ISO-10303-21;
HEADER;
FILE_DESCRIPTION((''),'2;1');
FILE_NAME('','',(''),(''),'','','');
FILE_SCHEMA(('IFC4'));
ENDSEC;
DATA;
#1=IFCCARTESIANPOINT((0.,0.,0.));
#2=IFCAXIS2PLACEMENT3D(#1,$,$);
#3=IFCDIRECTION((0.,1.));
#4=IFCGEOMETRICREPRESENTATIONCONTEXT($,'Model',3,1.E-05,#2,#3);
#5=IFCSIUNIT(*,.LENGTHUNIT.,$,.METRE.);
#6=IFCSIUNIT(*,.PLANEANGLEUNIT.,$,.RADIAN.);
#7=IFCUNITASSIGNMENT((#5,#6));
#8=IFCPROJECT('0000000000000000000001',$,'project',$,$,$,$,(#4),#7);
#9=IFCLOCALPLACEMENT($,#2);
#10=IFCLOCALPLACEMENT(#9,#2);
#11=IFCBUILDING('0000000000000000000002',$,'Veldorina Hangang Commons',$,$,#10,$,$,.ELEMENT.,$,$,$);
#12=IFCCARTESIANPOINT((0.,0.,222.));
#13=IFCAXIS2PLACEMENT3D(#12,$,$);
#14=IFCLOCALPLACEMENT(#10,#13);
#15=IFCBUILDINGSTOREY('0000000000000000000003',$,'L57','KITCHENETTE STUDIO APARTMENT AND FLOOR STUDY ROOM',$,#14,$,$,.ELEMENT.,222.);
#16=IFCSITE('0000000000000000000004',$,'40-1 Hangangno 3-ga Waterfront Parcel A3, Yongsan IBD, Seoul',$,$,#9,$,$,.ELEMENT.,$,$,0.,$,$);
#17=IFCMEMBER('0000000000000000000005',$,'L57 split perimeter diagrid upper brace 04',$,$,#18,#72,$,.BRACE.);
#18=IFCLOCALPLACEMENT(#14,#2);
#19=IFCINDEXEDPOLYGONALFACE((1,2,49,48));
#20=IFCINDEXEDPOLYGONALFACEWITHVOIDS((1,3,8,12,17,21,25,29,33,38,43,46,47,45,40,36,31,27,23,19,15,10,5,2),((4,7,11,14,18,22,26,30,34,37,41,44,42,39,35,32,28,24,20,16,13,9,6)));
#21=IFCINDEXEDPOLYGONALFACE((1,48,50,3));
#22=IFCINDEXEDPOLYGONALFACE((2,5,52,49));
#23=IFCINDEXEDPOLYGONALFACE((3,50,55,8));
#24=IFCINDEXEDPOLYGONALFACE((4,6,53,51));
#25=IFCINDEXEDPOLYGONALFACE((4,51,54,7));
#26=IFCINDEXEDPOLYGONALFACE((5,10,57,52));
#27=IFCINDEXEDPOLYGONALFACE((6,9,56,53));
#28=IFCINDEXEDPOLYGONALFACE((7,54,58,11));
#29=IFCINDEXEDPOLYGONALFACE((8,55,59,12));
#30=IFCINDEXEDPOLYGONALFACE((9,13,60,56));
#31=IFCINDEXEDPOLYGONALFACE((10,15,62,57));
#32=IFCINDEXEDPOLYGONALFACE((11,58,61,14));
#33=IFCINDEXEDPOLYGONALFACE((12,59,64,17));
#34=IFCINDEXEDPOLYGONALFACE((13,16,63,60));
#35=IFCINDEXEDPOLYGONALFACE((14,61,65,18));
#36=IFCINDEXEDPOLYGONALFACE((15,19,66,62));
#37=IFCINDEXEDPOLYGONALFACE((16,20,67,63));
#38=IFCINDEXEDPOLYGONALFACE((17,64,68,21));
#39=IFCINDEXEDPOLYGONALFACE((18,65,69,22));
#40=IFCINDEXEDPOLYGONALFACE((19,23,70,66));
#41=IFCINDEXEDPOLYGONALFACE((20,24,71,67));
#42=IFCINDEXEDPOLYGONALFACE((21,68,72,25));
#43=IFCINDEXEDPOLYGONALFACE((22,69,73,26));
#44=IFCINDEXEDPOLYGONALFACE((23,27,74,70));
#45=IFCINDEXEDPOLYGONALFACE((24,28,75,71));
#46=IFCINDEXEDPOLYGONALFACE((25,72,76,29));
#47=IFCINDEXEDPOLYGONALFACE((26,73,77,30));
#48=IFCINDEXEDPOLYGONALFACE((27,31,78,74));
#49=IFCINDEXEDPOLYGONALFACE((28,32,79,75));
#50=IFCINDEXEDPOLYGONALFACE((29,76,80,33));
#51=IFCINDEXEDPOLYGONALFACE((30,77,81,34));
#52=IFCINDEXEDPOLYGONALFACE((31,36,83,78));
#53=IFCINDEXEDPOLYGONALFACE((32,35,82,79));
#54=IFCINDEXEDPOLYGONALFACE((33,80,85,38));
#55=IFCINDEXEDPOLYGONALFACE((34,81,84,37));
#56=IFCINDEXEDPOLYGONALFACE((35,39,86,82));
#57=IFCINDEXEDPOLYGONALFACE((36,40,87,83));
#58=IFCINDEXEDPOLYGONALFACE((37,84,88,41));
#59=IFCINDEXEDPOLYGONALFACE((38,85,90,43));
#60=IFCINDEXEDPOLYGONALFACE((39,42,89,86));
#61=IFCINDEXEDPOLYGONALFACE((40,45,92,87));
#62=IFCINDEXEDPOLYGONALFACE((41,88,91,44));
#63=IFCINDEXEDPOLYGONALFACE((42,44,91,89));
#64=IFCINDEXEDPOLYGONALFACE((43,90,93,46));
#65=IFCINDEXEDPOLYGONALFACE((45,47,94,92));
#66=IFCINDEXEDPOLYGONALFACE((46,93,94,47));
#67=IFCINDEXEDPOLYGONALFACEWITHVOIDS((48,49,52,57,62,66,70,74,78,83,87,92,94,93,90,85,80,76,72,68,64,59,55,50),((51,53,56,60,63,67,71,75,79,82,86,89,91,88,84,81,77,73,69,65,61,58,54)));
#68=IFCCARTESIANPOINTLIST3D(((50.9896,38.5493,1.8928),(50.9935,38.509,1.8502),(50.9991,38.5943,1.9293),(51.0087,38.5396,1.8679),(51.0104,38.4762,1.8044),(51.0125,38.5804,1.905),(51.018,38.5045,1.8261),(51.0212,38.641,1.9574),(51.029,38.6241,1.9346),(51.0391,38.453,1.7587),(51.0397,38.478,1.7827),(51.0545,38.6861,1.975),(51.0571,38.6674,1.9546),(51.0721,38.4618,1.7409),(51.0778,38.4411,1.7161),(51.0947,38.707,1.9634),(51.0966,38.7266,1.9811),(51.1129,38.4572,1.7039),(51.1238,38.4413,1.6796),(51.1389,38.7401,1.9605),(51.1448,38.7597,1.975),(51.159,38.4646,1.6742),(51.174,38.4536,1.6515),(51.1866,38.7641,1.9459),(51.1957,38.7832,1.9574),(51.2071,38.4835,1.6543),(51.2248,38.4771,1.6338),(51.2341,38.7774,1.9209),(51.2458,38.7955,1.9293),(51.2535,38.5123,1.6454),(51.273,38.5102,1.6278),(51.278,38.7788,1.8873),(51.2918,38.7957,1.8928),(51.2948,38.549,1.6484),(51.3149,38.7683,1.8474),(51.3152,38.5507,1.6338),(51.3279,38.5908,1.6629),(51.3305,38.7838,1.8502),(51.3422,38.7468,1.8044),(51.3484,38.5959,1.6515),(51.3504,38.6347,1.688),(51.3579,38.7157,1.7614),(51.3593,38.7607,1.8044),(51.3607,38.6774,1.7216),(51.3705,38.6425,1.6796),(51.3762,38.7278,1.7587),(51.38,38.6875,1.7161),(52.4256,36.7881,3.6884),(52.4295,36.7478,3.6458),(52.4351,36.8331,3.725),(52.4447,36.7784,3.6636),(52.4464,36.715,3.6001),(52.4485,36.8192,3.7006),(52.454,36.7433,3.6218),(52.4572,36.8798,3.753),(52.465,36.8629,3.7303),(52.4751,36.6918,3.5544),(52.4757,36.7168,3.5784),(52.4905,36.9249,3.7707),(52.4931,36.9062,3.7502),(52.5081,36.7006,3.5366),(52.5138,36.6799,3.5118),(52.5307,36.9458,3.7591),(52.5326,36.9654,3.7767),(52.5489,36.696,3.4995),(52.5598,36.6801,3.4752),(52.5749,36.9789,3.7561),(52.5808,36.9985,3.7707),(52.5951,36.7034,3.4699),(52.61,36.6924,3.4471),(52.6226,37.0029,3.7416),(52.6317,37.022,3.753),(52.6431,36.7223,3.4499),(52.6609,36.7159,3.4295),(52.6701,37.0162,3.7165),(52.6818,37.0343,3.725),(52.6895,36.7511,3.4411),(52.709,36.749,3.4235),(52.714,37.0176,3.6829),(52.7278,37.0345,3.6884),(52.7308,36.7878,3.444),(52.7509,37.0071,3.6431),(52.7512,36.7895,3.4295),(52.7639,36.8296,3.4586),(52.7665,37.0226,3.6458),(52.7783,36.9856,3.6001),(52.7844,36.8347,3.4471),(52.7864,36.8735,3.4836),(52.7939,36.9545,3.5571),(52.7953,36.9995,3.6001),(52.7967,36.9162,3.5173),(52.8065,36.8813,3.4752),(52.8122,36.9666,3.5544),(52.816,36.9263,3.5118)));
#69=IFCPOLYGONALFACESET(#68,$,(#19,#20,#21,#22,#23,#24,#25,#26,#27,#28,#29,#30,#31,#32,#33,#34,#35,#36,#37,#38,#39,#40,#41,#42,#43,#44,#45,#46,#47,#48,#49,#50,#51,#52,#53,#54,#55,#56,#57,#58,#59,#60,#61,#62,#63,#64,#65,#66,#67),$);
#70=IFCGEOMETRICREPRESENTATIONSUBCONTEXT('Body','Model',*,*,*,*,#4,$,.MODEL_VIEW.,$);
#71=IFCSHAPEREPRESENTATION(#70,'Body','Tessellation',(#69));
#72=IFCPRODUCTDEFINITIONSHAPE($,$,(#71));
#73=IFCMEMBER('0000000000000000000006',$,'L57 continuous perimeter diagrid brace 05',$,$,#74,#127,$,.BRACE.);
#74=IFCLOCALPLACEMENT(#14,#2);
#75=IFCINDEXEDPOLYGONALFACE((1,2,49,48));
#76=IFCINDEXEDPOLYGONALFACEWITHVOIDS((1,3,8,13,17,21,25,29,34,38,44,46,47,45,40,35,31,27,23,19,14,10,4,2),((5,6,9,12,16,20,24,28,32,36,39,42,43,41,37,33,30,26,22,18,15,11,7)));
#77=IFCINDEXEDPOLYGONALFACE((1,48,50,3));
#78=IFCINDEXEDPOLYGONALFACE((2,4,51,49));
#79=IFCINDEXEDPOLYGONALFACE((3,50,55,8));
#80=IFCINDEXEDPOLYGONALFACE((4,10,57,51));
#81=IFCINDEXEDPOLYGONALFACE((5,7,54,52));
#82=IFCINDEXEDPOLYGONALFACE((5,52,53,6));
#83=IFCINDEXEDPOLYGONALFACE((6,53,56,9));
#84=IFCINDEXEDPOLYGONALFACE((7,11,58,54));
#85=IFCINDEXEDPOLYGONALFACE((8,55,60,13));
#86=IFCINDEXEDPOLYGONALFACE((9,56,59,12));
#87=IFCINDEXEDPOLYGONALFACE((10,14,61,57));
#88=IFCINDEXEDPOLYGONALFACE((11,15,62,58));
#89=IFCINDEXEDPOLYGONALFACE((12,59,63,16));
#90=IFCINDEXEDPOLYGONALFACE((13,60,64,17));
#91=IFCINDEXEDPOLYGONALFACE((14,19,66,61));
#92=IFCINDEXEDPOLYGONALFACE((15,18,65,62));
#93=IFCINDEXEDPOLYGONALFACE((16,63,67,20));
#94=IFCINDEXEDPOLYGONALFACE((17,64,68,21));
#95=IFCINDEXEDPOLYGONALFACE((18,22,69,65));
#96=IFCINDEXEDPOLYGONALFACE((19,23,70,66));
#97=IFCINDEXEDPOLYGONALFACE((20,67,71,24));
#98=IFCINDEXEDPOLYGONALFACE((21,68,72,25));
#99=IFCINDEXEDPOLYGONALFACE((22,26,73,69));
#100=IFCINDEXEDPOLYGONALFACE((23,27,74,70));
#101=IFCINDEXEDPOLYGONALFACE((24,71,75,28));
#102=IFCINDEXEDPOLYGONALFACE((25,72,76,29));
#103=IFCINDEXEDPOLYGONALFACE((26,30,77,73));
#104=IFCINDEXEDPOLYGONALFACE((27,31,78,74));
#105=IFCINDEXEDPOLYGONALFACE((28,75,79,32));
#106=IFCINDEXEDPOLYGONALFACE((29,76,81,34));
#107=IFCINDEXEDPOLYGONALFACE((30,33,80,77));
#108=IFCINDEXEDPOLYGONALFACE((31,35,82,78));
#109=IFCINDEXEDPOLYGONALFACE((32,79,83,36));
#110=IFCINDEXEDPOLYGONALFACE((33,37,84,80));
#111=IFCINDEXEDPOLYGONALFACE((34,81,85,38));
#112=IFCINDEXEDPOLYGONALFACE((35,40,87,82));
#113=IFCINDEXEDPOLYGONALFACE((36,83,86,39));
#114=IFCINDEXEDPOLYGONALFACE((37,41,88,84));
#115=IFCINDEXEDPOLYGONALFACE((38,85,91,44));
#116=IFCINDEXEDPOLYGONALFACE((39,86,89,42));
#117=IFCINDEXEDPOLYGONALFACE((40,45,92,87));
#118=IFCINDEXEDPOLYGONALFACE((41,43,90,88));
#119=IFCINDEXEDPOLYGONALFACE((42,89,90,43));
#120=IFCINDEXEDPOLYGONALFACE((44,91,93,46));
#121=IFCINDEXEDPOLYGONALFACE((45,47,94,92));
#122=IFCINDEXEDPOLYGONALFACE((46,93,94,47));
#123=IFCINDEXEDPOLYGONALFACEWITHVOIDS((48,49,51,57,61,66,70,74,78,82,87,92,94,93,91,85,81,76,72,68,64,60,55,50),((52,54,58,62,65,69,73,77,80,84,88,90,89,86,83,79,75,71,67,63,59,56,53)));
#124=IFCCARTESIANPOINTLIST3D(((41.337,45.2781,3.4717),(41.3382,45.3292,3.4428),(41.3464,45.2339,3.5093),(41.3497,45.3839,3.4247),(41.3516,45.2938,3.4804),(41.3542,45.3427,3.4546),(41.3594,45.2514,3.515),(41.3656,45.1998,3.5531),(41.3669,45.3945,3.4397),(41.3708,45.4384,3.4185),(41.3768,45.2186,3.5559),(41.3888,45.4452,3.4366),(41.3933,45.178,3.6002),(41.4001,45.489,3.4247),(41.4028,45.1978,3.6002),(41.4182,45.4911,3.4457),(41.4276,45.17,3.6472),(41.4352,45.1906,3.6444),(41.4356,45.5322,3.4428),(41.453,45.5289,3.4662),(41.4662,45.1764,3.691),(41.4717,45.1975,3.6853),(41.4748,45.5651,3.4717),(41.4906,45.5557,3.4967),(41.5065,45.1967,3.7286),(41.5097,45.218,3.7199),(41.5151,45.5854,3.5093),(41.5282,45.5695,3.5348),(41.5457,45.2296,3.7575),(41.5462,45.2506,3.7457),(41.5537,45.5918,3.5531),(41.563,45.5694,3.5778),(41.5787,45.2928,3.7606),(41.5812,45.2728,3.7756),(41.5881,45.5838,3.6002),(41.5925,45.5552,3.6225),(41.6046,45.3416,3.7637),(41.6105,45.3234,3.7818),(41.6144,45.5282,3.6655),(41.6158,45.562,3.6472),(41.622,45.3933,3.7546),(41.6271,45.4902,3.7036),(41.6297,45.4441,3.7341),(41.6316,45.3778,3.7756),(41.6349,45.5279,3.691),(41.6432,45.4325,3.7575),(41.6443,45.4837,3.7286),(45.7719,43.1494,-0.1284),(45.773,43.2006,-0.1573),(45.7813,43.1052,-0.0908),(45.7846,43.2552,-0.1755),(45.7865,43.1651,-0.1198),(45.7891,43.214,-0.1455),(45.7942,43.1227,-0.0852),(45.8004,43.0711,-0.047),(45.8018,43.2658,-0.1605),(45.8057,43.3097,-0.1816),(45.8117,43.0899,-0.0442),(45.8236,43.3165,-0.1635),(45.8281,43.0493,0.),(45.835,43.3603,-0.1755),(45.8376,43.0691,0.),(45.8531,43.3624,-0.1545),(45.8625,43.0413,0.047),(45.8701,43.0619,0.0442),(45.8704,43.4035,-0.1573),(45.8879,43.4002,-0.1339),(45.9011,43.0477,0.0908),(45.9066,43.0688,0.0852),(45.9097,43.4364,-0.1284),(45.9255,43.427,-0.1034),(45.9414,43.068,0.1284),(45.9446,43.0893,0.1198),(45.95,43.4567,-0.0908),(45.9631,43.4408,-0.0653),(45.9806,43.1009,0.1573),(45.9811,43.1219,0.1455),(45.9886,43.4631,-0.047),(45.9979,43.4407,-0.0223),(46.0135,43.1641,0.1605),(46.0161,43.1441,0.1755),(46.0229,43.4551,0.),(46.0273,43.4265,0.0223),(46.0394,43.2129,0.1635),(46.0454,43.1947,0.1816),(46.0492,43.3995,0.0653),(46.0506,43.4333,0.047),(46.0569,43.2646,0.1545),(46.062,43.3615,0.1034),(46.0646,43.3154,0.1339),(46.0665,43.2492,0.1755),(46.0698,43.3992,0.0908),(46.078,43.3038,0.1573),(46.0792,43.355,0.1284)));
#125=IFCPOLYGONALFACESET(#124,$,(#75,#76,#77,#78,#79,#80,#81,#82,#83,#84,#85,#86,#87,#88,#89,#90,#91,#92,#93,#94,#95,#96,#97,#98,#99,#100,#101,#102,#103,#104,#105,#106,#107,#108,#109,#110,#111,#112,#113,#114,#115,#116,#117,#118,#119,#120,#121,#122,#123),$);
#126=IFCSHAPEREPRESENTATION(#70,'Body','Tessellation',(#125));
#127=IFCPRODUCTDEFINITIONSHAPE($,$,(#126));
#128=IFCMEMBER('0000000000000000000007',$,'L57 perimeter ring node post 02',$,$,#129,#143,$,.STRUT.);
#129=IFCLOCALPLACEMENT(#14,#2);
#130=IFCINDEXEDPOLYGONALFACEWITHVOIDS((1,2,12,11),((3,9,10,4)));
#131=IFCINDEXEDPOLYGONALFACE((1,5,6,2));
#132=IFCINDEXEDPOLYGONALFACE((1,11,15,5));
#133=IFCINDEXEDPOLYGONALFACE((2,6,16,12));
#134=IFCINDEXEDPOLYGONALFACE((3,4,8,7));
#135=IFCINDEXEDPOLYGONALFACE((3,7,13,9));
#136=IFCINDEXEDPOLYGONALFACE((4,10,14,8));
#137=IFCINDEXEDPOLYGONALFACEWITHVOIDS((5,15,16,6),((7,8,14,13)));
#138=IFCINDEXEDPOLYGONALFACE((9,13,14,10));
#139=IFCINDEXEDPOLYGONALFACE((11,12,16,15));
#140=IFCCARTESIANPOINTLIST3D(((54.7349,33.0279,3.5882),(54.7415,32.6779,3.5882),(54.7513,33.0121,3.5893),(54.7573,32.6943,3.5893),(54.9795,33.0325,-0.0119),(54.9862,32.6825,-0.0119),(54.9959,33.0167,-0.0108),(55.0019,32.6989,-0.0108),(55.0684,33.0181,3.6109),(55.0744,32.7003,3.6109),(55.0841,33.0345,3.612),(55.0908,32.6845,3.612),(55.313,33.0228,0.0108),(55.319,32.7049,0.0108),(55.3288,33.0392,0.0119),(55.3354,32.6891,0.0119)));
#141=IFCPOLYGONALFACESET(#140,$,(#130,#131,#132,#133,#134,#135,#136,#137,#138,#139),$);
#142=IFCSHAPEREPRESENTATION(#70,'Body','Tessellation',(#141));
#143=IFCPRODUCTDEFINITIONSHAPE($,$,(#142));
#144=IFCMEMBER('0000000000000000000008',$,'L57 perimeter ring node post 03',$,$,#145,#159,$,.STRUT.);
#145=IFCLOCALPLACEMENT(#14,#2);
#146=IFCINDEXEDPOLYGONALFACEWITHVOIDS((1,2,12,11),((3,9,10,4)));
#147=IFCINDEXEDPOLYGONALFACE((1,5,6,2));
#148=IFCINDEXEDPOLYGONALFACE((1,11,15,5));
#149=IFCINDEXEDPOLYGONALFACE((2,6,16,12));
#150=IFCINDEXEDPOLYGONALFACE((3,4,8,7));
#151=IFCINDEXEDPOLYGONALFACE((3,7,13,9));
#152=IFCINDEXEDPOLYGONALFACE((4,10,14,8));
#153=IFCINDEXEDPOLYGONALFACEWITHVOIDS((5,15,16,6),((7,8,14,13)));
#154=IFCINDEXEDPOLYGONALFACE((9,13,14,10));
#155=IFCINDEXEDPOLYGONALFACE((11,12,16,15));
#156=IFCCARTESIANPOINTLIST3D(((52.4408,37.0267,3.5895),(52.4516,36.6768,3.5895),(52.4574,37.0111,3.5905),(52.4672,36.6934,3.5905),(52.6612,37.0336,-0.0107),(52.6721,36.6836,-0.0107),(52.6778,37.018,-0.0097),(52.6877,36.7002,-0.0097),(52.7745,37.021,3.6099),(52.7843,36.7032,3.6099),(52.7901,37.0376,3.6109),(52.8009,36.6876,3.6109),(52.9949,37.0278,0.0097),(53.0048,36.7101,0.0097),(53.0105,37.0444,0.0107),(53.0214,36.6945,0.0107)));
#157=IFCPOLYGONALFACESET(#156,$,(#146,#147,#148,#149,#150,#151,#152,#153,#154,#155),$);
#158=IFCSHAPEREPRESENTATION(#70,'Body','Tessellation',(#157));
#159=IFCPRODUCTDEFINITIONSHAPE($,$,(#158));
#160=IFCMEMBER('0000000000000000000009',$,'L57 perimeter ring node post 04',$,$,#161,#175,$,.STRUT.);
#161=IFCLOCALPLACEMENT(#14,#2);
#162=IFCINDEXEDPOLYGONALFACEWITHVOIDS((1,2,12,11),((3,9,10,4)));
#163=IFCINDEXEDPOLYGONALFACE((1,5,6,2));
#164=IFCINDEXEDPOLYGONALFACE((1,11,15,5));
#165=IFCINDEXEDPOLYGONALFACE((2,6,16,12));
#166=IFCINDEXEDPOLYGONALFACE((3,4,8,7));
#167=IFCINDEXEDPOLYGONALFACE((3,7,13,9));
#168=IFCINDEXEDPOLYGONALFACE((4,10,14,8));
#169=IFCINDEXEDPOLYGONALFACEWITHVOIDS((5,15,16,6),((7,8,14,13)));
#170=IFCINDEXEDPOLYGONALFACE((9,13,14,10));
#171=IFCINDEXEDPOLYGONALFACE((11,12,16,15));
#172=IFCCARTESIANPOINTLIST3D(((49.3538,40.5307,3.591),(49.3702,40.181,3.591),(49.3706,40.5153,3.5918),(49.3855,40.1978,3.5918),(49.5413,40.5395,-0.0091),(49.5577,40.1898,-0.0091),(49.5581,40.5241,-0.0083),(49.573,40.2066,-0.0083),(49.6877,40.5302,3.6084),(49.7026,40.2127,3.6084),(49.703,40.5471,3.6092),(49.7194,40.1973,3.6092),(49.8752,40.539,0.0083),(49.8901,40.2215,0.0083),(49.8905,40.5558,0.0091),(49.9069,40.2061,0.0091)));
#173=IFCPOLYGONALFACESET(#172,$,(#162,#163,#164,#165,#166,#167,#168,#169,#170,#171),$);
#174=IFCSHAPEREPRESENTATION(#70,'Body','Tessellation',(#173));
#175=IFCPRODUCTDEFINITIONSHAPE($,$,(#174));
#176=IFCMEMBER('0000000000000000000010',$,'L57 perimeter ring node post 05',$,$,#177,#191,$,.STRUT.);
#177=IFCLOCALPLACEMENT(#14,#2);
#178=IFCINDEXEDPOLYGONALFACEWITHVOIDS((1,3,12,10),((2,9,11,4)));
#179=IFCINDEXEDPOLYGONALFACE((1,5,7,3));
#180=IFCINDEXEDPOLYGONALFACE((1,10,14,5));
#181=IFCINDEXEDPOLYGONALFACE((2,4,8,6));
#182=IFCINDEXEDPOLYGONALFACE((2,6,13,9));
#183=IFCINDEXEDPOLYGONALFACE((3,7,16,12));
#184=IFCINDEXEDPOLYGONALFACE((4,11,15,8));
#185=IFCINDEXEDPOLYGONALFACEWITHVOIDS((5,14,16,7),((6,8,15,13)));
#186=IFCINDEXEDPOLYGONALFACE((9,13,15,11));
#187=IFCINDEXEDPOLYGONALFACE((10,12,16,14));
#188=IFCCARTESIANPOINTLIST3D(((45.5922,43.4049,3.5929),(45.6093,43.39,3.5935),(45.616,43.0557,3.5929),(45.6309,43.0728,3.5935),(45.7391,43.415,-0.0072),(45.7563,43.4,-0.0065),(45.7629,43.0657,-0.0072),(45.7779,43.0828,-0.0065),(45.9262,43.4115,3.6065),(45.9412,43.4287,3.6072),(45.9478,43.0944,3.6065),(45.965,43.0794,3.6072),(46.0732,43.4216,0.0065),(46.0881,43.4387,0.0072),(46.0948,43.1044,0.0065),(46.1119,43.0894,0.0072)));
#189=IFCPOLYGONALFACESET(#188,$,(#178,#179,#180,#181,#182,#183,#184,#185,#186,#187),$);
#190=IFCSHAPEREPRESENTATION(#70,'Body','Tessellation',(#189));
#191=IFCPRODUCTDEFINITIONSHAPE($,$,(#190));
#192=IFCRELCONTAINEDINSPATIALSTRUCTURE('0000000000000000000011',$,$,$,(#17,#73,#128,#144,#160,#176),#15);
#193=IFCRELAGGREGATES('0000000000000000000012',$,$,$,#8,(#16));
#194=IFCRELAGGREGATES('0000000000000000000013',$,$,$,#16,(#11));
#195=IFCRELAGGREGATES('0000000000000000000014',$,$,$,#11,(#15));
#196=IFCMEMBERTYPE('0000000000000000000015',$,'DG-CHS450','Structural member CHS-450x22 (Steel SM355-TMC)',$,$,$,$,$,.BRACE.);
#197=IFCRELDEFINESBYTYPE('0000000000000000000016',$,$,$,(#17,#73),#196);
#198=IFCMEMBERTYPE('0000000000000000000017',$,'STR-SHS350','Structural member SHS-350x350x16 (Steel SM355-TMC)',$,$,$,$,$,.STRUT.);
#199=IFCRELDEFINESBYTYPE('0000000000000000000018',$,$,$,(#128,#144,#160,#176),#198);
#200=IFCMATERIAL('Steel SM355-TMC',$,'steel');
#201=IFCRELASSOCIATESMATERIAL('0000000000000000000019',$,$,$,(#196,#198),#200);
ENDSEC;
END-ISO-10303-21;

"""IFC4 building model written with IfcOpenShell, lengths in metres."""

from ifc_helpers import new_model, si_unit, direction, frame, origin, origin_2d, place, context, subcontext, project, spatial, hollow_rectangle, hollow_circle, extrude, material, material_profile, profile_set, type_object, element, save


model = new_model("IFC4")

# Units and contexts
model_context = context("Model", 3, precision=1e-05, world=origin(), true_north=direction((0.0, 1.0)))
body_context = subcontext(model_context, "Body", "Model", "MODEL_VIEW")
ifc_project = project(units=[si_unit("LENGTHUNIT", "METRE"), si_unit("PLANEANGLEUNIT", "RADIAN")], contexts=[model_context])

# Site, building, storey
site_placement = place(None, origin())
site = spatial("IfcSite", under=ifc_project, at=site_placement, Name="40-1 Hangangno 3-ga Waterfront Parcel A3, Yongsan IBD, Seoul", CompositionType="ELEMENT", RefElevation=0.0)
building_placement = place(site_placement, origin())
building = spatial("IfcBuilding", under=site, at=building_placement, Name="Veldorina Hangang Commons", CompositionType="ELEMENT")
storey_placement = place(building_placement, frame((0.0, 0.0, 222.0)))
storey = spatial("IfcBuildingStorey", under=building, at=storey_placement, Name="L57", Description="KITCHENETTE STUDIO APARTMENT AND FLOOR STUDY ROOM", CompositionType="ELEMENT", Elevation=222.0)

# Shared definitions
ifc_material_1 = material(Name="Steel SM355-TMC", Category="steel")

# Members
ifc_material_profile_1 = material_profile(ifc_material_1, hollow_circle(Radius=0.2251, WallThickness=0.022, at=origin_2d()), Name="CHS-450x22")
ifc_profile_set_1 = profile_set([ifc_material_profile_1], Name="Steel SM355-TMC")
member_type_1 = type_object("IfcMemberType", Name="DG-CHS450", Description="Structural member CHS-450x22 (Steel SM355-TMC)", PredefinedType="BRACE", material=ifc_profile_set_1)
member_1_placement = place(storey_placement, frame((51.1848, 38.6184, 1.8044), z_axis=(0.495819, -0.608098, 0.619984), x_axis=(0.775028, 0.631926, 0.0)))
element("IfcMember", 1, at=member_1_placement, inside=storey, type_object=member_type_1, Name="L57 split perimeter diagrid upper brace 04", PredefinedType="BRACE", context=body_context, shape_type="SweptSolid", body=[
    extrude(hollow_circle(Radius=0.2251, WallThickness=0.022, at=origin_2d()), origin(), (0.0, 0.0, 1.0), 2.8962),
])
member_2_placement = place(storey_placement, frame((45.9255, 43.2522, 0.0), z_axis=(-0.727513, 0.349198, 0.590581), x_axis=(-0.432723, -0.901527, 0.0)))
element("IfcMember", 2, at=member_2_placement, inside=storey, type_object=member_type_1, Name="L57 continuous perimeter diagrid brace 05", PredefinedType="BRACE", context=body_context, shape_type="SweptSolid", body=[
    extrude(hollow_circle(Radius=0.2251, WallThickness=0.022, at=origin_2d()), origin(), (0.0, 0.0, 1.0), 6.0959),
])
ifc_material_profile_2 = material_profile(ifc_material_1, hollow_rectangle(XDim=0.3501, YDim=0.3501, WallThickness=0.0161, at=origin_2d()), Name="SHS-350x350x16")
ifc_profile_set_2 = profile_set([ifc_material_profile_2], Name="Steel SM355-TMC")
member_type_2 = type_object("IfcMemberType", Name="STR-SHS350", Description="Structural member SHS-350x350x16 (Steel SM355-TMC)", PredefinedType="STRUT", material=ifc_profile_set_2)
member_3_placement = place(storey_placement, frame((55.1575, 32.8608, 0.0), z_axis=(-0.067794, -0.001286, 0.997698), x_axis=(0.018959, -0.99982, 0.0)))
element("IfcMember", 3, at=member_3_placement, inside=storey, type_object=member_type_2, Name="L57 perimeter ring node post 02", PredefinedType="STRUT", context=body_context, shape_type="SweptSolid", body=[
    extrude(hollow_rectangle(XDim=0.3501, YDim=0.3501, WallThickness=0.0161, at=origin_2d()), origin(), (0.0, 0.0, 1.0), 3.6084),
])
member_4_placement = place(storey_placement, frame((52.8413, 36.864, 0.0), z_axis=(-0.061122, -0.001895, 0.998128), x_axis=(0.030993, -0.99952, 0.0)))
element("IfcMember", 4, at=member_4_placement, inside=storey, type_object=member_type_2, Name="L57 perimeter ring node post 03", PredefinedType="STRUT", context=body_context, shape_type="SweptSolid", body=[
    extrude(hollow_rectangle(XDim=0.3501, YDim=0.3501, WallThickness=0.0161, at=origin_2d()), origin(), (0.0, 0.0, 1.0), 3.6069),
])
member_5_placement = place(storey_placement, frame((49.7241, 40.3728, 0.0), z_axis=(-0.052011, -0.002438, 0.998644), x_axis=(0.046824, -0.998903, 0.0)))
element("IfcMember", 5, at=member_5_placement, inside=storey, type_object=member_type_2, Name="L57 perimeter ring node post 04", PredefinedType="STRUT", context=body_context, shape_type="SweptSolid", body=[
    extrude(hollow_rectangle(XDim=0.3501, YDim=0.3501, WallThickness=0.0161, at=origin_2d()), origin(), (0.0, 0.0, 1.0), 3.605),
])
member_6_placement = place(storey_placement, frame((45.9255, 43.2522, 0.0), z_axis=(-0.04079, -0.002778, 0.999164), x_axis=(0.067949, -0.997689, 0.0)))
element("IfcMember", 6, at=member_6_placement, inside=storey, type_object=member_type_2, Name="L57 perimeter ring node post 05", PredefinedType="STRUT", context=body_context, shape_type="SweptSolid", body=[
    extrude(hollow_rectangle(XDim=0.3501, YDim=0.3501, WallThickness=0.0161, at=origin_2d()), origin(), (0.0, 0.0, 1.0), 3.603),
])

save(model, "model.ifc")
